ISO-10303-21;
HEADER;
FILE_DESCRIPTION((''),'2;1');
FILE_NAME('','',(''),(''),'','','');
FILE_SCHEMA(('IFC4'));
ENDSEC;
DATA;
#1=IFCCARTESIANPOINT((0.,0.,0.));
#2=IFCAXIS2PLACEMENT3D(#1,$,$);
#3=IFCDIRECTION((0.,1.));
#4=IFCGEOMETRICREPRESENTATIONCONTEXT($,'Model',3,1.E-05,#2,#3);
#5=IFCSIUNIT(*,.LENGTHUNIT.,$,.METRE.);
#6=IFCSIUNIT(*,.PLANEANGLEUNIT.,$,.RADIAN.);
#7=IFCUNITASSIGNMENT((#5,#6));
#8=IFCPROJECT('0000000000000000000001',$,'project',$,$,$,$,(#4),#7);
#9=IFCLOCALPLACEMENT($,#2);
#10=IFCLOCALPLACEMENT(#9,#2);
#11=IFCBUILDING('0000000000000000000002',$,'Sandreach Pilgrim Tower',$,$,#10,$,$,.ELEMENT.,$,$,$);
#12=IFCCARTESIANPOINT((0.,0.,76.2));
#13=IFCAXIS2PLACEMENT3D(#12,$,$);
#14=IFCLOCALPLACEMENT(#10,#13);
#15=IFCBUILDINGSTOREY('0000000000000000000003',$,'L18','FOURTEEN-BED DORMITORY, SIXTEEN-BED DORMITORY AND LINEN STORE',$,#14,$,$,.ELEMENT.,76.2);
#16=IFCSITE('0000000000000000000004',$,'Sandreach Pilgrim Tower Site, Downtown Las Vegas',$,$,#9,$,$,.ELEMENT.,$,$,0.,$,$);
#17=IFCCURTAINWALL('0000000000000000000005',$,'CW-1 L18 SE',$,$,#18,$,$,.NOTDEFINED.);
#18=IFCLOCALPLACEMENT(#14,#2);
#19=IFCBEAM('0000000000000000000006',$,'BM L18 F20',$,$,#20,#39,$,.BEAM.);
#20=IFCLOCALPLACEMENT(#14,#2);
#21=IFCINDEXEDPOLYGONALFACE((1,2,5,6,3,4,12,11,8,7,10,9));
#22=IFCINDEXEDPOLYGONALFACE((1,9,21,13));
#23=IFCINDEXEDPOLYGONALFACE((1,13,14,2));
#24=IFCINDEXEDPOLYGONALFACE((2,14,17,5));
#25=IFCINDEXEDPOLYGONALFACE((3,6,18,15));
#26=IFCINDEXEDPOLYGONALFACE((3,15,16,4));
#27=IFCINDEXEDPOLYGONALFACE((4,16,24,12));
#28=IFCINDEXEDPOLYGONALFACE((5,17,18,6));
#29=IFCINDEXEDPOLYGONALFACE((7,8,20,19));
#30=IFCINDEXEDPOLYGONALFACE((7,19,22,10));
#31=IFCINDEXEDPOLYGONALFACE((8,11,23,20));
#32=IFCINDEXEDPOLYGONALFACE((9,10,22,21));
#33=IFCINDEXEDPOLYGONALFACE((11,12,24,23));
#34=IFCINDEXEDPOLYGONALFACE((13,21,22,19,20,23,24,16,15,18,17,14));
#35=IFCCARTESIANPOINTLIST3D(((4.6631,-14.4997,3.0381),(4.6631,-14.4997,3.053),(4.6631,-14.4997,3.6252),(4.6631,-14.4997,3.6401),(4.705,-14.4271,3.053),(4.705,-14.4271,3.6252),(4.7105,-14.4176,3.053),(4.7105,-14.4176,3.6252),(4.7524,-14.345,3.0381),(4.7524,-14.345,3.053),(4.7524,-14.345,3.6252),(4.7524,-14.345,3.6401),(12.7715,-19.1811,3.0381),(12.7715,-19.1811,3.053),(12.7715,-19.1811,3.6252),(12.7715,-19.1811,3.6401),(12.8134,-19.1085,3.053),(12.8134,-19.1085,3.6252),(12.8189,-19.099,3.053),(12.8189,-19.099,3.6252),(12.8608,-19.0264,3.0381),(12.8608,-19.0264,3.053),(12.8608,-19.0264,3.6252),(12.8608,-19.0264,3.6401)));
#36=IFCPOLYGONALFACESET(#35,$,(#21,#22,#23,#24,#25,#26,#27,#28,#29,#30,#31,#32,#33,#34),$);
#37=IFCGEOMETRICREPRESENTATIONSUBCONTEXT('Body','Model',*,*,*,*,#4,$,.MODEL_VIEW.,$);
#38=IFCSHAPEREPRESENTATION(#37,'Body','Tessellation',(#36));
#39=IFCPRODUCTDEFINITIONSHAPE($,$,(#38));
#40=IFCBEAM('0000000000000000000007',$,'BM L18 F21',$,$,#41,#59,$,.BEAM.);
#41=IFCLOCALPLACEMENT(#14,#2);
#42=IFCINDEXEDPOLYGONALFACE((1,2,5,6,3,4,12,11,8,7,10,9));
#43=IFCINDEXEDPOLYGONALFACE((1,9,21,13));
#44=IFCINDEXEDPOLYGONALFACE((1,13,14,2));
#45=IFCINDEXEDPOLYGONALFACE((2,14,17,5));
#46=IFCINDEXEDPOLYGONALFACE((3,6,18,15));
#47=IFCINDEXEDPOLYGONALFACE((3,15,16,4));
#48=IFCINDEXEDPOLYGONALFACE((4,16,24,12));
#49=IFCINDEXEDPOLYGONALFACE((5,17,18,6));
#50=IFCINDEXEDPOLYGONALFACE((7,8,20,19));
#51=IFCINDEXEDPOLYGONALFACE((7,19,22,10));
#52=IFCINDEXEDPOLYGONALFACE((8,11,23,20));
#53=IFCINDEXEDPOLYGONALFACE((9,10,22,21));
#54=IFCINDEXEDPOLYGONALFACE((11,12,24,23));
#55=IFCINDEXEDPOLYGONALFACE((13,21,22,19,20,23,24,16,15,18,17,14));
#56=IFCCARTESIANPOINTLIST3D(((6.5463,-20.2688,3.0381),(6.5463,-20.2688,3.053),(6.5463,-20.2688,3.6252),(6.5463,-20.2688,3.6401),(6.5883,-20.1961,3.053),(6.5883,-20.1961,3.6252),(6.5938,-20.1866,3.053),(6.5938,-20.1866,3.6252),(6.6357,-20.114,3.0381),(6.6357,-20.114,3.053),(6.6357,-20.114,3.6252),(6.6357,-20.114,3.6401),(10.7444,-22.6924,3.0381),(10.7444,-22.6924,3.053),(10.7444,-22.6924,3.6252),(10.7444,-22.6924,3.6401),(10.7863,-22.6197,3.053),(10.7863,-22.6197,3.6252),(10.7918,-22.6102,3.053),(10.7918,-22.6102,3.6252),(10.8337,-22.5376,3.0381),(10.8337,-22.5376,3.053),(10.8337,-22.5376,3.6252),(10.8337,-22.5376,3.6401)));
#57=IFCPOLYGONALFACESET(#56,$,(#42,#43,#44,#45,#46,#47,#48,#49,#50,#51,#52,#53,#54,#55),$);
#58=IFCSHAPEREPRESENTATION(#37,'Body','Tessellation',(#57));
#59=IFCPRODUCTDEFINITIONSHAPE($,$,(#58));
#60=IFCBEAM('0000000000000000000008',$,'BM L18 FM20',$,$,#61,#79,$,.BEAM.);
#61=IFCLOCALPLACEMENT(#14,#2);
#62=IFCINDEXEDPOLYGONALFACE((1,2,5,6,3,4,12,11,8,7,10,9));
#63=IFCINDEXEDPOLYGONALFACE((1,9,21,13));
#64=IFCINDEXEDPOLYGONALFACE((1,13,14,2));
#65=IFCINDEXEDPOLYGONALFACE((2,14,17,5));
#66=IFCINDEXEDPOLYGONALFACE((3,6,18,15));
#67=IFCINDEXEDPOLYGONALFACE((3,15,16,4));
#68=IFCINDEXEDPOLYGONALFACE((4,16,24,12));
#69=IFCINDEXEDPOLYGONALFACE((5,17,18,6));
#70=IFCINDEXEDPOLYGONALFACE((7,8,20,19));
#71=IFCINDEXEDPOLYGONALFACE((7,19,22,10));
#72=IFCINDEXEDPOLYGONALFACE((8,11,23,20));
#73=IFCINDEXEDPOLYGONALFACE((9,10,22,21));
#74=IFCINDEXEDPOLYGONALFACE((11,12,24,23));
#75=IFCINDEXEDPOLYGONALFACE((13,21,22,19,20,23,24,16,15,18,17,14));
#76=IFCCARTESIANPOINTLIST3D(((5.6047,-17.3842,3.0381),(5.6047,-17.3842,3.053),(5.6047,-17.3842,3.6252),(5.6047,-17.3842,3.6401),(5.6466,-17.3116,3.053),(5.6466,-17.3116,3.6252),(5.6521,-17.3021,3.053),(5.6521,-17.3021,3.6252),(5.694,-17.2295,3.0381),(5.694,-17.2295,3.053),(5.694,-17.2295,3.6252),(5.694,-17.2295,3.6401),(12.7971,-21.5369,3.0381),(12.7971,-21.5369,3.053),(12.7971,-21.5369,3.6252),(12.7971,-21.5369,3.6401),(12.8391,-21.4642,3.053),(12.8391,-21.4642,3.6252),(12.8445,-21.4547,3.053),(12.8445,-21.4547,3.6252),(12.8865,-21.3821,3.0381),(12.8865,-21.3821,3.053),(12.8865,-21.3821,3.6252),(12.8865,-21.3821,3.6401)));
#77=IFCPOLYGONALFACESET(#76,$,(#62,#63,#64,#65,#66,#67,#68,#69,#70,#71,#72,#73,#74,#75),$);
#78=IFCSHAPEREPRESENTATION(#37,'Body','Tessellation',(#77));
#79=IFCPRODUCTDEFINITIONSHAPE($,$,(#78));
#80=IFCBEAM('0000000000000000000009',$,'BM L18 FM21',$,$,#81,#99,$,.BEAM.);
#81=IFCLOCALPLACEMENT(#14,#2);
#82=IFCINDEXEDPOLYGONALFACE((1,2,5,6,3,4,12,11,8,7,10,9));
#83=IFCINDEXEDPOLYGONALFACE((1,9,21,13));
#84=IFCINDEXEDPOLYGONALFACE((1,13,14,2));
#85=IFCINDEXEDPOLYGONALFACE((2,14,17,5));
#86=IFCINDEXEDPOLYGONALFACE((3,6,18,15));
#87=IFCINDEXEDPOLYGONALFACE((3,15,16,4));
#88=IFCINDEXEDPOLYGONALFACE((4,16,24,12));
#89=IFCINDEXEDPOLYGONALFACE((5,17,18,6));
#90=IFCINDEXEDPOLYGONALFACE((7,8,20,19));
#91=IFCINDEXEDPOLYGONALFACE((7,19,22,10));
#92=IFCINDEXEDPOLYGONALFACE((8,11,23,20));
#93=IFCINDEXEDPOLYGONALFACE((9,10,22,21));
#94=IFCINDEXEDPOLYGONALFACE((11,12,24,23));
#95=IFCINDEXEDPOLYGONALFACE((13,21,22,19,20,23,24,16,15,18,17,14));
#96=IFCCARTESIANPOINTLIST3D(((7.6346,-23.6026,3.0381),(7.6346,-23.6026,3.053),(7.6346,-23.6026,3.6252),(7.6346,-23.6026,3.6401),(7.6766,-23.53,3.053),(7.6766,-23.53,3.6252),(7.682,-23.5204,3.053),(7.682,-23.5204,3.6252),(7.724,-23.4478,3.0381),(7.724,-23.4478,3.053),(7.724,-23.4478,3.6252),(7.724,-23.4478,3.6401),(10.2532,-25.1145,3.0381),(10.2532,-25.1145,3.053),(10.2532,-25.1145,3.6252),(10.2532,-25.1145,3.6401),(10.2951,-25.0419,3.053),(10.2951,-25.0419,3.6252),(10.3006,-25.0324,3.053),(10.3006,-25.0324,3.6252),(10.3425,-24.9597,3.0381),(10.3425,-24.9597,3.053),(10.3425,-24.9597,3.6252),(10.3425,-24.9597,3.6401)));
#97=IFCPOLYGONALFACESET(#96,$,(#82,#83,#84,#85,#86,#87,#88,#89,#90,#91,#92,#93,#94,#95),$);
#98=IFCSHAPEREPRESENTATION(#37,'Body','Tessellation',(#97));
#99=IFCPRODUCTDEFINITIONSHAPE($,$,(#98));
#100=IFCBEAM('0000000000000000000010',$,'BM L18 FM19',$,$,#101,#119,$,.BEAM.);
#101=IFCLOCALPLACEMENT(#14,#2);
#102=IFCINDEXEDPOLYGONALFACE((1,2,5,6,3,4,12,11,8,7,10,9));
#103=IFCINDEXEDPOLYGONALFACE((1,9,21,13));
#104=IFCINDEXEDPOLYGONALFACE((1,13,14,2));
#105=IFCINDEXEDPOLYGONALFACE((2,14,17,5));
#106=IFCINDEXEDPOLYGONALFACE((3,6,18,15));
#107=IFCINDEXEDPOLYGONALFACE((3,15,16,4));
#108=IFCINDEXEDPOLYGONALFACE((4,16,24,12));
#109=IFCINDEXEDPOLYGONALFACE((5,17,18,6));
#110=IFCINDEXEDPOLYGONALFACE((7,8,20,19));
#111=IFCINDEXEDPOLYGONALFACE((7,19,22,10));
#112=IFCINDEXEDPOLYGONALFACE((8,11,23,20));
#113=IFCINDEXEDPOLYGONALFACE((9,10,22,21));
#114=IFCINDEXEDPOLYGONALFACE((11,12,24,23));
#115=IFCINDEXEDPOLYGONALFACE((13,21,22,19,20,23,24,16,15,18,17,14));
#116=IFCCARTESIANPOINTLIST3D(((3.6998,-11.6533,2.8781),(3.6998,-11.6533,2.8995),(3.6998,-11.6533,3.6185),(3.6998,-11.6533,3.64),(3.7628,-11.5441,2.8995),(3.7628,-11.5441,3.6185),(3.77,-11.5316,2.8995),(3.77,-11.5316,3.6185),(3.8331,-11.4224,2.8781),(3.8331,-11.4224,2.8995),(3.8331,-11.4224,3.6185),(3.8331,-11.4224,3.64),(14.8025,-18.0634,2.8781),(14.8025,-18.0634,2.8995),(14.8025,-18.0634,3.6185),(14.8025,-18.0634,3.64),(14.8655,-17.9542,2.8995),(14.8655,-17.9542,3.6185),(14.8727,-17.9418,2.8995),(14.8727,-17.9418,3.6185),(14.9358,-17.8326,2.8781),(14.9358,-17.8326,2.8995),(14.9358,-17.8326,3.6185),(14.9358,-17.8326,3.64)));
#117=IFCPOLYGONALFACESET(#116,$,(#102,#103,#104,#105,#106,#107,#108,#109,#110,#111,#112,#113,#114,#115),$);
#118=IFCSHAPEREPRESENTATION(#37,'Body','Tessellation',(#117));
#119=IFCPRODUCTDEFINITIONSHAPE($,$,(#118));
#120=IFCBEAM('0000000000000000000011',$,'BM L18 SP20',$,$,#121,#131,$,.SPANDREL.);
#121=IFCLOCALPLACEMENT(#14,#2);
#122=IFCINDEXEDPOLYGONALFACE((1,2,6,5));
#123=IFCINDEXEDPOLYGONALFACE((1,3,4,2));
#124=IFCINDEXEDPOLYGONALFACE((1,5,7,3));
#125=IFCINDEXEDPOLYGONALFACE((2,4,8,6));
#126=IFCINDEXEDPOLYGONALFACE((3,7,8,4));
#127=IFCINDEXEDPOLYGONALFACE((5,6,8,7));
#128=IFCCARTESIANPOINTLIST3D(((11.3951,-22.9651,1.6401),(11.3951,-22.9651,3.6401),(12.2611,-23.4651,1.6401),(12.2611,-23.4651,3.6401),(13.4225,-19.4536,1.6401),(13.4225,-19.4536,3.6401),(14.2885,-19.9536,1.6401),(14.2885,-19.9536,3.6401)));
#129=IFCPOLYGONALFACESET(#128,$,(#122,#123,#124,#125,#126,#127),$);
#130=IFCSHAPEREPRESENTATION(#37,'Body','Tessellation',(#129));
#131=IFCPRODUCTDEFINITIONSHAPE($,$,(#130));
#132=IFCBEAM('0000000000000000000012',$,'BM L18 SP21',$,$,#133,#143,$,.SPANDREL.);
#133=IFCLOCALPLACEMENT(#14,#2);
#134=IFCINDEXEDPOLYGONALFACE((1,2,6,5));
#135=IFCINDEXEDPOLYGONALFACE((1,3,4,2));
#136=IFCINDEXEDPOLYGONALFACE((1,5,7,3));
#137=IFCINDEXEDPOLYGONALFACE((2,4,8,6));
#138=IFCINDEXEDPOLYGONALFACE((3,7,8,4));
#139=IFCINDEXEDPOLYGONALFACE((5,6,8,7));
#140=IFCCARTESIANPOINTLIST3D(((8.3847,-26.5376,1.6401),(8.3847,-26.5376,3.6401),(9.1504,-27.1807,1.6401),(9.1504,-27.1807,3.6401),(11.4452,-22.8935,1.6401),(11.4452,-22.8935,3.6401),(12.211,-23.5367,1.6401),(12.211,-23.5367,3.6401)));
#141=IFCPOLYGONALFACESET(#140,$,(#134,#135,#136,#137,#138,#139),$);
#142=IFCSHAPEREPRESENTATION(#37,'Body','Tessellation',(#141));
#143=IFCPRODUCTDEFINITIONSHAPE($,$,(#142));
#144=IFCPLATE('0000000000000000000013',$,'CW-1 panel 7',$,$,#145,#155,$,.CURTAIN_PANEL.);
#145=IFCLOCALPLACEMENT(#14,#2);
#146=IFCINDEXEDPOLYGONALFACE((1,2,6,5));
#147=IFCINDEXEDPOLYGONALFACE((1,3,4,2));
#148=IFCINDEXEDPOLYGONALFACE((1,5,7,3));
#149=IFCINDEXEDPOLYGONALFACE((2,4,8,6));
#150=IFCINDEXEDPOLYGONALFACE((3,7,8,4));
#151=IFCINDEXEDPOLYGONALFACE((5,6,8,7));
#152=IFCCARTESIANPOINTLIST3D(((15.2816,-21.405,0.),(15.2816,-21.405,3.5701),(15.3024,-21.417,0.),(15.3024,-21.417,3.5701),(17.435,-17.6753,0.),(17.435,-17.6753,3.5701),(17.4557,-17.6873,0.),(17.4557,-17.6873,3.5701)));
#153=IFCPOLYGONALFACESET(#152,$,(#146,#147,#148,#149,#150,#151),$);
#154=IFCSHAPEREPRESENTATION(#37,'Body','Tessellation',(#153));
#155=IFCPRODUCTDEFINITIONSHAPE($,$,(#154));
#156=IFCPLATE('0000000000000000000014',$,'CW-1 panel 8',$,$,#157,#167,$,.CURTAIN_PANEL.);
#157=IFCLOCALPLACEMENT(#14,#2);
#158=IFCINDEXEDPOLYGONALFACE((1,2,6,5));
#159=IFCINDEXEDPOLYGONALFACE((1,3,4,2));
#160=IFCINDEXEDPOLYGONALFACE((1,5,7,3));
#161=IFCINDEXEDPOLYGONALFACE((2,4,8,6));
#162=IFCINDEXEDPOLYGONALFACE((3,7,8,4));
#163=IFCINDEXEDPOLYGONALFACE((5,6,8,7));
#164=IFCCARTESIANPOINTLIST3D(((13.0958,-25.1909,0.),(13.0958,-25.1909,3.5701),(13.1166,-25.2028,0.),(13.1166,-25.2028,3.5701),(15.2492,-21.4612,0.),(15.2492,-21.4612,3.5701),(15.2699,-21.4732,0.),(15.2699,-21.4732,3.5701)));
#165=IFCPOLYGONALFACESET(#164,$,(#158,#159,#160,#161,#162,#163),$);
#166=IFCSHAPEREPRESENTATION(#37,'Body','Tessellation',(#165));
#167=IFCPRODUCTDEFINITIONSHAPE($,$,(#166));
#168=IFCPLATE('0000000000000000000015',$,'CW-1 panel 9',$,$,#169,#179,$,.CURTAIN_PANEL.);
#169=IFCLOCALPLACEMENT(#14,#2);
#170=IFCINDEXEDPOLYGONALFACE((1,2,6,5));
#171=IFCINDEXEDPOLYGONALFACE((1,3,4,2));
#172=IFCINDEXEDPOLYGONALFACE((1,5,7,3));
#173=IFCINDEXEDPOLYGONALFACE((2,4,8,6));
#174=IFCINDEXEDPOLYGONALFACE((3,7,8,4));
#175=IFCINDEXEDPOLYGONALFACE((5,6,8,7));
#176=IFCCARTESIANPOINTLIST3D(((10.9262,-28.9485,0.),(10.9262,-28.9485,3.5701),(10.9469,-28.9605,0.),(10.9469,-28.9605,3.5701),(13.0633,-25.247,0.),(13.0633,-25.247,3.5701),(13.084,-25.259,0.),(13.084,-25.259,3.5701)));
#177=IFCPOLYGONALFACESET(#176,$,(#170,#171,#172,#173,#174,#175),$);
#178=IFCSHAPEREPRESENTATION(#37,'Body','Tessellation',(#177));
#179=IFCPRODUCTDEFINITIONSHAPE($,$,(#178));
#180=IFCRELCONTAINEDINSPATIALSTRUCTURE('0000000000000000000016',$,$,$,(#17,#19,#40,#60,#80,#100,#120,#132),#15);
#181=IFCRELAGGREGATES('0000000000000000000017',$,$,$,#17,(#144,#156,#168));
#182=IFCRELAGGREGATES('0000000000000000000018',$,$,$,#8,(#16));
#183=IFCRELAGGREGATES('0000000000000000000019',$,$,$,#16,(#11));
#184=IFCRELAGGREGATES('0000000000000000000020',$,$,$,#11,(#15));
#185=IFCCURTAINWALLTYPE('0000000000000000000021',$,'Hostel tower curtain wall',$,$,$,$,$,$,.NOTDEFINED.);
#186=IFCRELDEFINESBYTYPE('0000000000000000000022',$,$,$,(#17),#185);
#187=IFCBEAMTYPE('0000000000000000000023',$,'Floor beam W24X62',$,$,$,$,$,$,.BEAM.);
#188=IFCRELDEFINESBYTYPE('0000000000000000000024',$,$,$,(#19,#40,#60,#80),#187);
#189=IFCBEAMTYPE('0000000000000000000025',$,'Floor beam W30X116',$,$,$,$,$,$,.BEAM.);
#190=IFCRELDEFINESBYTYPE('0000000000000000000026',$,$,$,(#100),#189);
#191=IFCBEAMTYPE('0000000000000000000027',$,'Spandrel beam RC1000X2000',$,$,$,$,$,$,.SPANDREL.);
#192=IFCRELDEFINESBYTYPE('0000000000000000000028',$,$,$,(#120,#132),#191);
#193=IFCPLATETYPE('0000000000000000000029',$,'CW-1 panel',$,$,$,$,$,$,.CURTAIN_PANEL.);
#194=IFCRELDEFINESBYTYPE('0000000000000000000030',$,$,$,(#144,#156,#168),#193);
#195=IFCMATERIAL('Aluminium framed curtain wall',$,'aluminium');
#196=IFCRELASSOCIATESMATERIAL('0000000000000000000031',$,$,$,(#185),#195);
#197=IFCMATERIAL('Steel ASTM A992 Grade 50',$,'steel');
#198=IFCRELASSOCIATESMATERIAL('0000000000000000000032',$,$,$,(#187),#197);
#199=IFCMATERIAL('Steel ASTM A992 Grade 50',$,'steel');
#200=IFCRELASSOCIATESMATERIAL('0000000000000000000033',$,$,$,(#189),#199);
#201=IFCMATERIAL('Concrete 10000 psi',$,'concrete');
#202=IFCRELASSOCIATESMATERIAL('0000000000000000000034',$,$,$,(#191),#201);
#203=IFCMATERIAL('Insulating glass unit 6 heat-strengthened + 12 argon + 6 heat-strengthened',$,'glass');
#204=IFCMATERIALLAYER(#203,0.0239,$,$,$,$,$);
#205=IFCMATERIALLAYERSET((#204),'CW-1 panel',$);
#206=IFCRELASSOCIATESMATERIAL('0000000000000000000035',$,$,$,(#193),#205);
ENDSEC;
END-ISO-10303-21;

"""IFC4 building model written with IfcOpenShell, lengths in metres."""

from ifc_helpers import new_model, si_unit, direction, frame, origin, origin_2d, place, context, subcontext, project, spatial, rectangle, i_section, extrude, material, layer, layer_set, material_profile, profile_set, type_object, element, aggregate, save


model = new_model("IFC4")

# Units and contexts
model_context = context("Model", 3, precision=1e-05, world=origin(), true_north=direction((0.0, 1.0)))
body_context = subcontext(model_context, "Body", "Model", "MODEL_VIEW")
ifc_project = project(units=[si_unit("LENGTHUNIT", "METRE"), si_unit("PLANEANGLEUNIT", "RADIAN")], contexts=[model_context])

# Site, building, storey
site_placement = place(None, origin())
site = spatial("IfcSite", under=ifc_project, at=site_placement, Name="Sandreach Pilgrim Tower Site, Downtown Las Vegas", CompositionType="ELEMENT", RefElevation=0.0)
building_placement = place(site_placement, origin())
building = spatial("IfcBuilding", under=site, at=building_placement, Name="Sandreach Pilgrim Tower", CompositionType="ELEMENT")
storey_placement = place(building_placement, frame((0.0, 0.0, 76.2)))
storey = spatial("IfcBuildingStorey", under=building, at=storey_placement, Name="L18", Description="FOURTEEN-BED DORMITORY, SIXTEEN-BED DORMITORY AND LINEN STORE", CompositionType="ELEMENT", Elevation=76.2)

# Curtain wall
ifc_material_1 = material(Name="Aluminium framed curtain wall", Category="aluminium")
curtain_wall_type = type_object("IfcCurtainWallType", Name="Hostel tower curtain wall", PredefinedType="NOTDEFINED", material=ifc_material_1)
curtain_wall_1_placement = place(storey_placement, origin())
curtain_wall_1 = element("IfcCurtainWall", 1, at=curtain_wall_1_placement, inside=storey, type_object=curtain_wall_type, Name="CW-1 L18 SE", PredefinedType="NOTDEFINED")

# Beams
ifc_material_2 = material(Name="Steel ASTM A992 Grade 50", Category="steel")
ifc_material_profile_1 = material_profile(ifc_material_2, i_section(OverallWidth=0.1787, OverallDepth=0.6021, WebThickness=0.011, FlangeThickness=0.0149, at=origin_2d()), Name="W24X62")
ifc_profile_set_1 = profile_set([ifc_material_profile_1], Name="Steel ASTM A992 Grade 50")
beam_type_1 = type_object("IfcBeamType", Name="Floor beam W24X62", PredefinedType="BEAM", material=ifc_profile_set_1)
beam_1_placement = place(storey_placement, frame((12.8162, -19.1038, 3.3391), z_axis=(-0.866025, 0.500001, 0.0), x_axis=(-0.500001, -0.866025, 0.0)))
element("IfcBeam", 2, at=beam_1_placement, inside=storey, type_object=beam_type_1, Name="BM L18 F20", PredefinedType="BEAM", context=body_context, shape_type="SweptSolid", body=[
    extrude(i_section(OverallWidth=0.1787, OverallDepth=0.6021, WebThickness=0.011, FlangeThickness=0.0149, at=origin_2d()), origin(), (0.0, 0.0, 1.0), 9.3628),
])
beam_2_placement = place(storey_placement, frame((10.7891, -22.615, 3.3391), z_axis=(-0.866037, 0.49998, 0.0), x_axis=(-0.49998, -0.866037, 0.0)))
element("IfcBeam", 3, at=beam_2_placement, inside=storey, type_object=beam_type_1, Name="BM L18 F21", PredefinedType="BEAM", context=body_context, shape_type="SweptSolid", body=[
    extrude(i_section(OverallWidth=0.1787, OverallDepth=0.6021, WebThickness=0.011, FlangeThickness=0.0149, at=origin_2d()), origin(), (0.0, 0.0, 1.0), 4.8474),
])
beam_3_placement = place(storey_placement, frame((12.8418, -21.4595, 3.3391), z_axis=(-0.866022, 0.500006, 0.0), x_axis=(-0.500006, -0.866022, 0.0)))
element("IfcBeam", 4, at=beam_3_placement, inside=storey, type_object=beam_type_1, Name="BM L18 FM20", PredefinedType="BEAM", context=body_context, shape_type="SweptSolid", body=[
    extrude(i_section(OverallWidth=0.1787, OverallDepth=0.6021, WebThickness=0.011, FlangeThickness=0.0149, at=origin_2d()), origin(), (0.0, 0.0, 1.0), 8.3052),
])
beam_4_placement = place(storey_placement, frame((10.2979, -25.0371, 3.3391), z_axis=(-0.866013, 0.500021, 0.0), x_axis=(-0.500021, -0.866013, 0.0)))
element("IfcBeam", 5, at=beam_4_placement, inside=storey, type_object=beam_type_1, Name="BM L18 FM21", PredefinedType="BEAM", context=body_context, shape_type="SweptSolid", body=[
    extrude(i_section(OverallWidth=0.1787, OverallDepth=0.6021, WebThickness=0.011, FlangeThickness=0.0149, at=origin_2d()), origin(), (0.0, 0.0, 1.0), 3.0237),
])
ifc_material_3 = material(Name="Steel ASTM A992 Grade 50", Category="steel")
ifc_material_profile_2 = material_profile(ifc_material_3, i_section(OverallWidth=0.2666, OverallDepth=0.762, WebThickness=0.0144, FlangeThickness=0.0215, at=origin_2d()), Name="W30X116")
ifc_profile_set_2 = profile_set([ifc_material_profile_2], Name="Steel ASTM A992 Grade 50")
beam_type_2 = type_object("IfcBeamType", Name="Floor beam W30X116", PredefinedType="BEAM", material=ifc_profile_set_2)
beam_5_placement = place(storey_placement, frame((14.8691, -17.948, 3.259), z_axis=(-0.866027, 0.499998, 0.0), x_axis=(-0.499998, -0.866027, 0.0)))
element("IfcBeam", 6, at=beam_5_placement, inside=storey, type_object=beam_type_2, Name="BM L18 FM19", PredefinedType="BEAM", context=body_context, shape_type="SweptSolid", body=[
    extrude(i_section(OverallWidth=0.2666, OverallDepth=0.762, WebThickness=0.0144, FlangeThickness=0.0215, at=origin_2d()), origin(), (0.0, 0.0, 1.0), 12.8203),
])
ifc_material_4 = material(Name="Concrete 10000 psi", Category="concrete")
ifc_material_profile_3 = material_profile(ifc_material_4, rectangle(XDim=1.0, YDim=2.0, at=origin_2d()), Name="RC1000X2000")
ifc_profile_set_3 = profile_set([ifc_material_profile_3], Name="Concrete 10000 psi")
beam_type_3 = type_object("IfcBeamType", Name="Spandrel beam RC1000X2000", PredefinedType="SPANDREL", material=ifc_profile_set_3)
beam_6_placement = place(storey_placement, frame((13.8555, -19.7036, 2.6401), z_axis=(-0.499999, -0.866026, 0.0), x_axis=(0.866026, -0.499999, 0.0)))
element("IfcBeam", 7, at=beam_6_placement, inside=storey, type_object=beam_type_3, Name="BM L18 SP20", PredefinedType="SPANDREL", context=body_context, shape_type="SweptSolid", body=[
    extrude(rectangle(XDim=1.0, YDim=2.0, at=origin_2d()), origin(), (0.0, 0.0, 1.0), 4.0547),
])
beam_7_placement = place(storey_placement, frame((11.8281, -23.2151, 2.6401), z_axis=(-0.643137, -0.765751, 0.0), x_axis=(0.765751, -0.643137, 0.0)))
element("IfcBeam", 8, at=beam_7_placement, inside=storey, type_object=beam_type_3, Name="BM L18 SP21", PredefinedType="SPANDREL", context=body_context, shape_type="SweptSolid", body=[
    extrude(rectangle(XDim=1.0, YDim=2.0, at=origin_2d()), origin(), (0.0, 0.0, 1.0), 4.7588),
])

# Plates
ifc_material_5 = material(Name="Insulating glass unit 6 heat-strengthened + 12 argon + 6 heat-strengthened", Category="glass")
ifc_layer_1 = layer(ifc_material_5, 0.0239)
ifc_layer_set_1 = layer_set([ifc_layer_1], Name="CW-1 panel")
plate_type = type_object("IfcPlateType", Name="CW-1 panel", PredefinedType="CURTAIN_PANEL", material=ifc_layer_set_1)
plate_1_placement = place(storey_placement, frame((16.3687, -19.5461, 0.0), z_axis=(0.0, 0.0, 1.0), x_axis=(-0.5, -0.866025, 0.0)))
plate_1 = element("IfcPlate", 9, at=plate_1_placement, type_object=plate_type, Name="CW-1 panel 7", PredefinedType="CURTAIN_PANEL", context=body_context, shape_type="SweptSolid", body=[
    extrude(rectangle(XDim=4.3066, YDim=0.0239, at=origin_2d()), origin(), (0.0, 0.0, 1.0), 3.5701),
])
plate_2_placement = place(storey_placement, frame((14.1829, -23.332, 0.0), z_axis=(0.0, 0.0, 1.0), x_axis=(-0.5, -0.866025, 0.0)))
plate_2 = element("IfcPlate", 10, at=plate_2_placement, type_object=plate_type, Name="CW-1 panel 8", PredefinedType="CURTAIN_PANEL", context=body_context, shape_type="SweptSolid", body=[
    extrude(rectangle(XDim=4.3066, YDim=0.0239, at=origin_2d()), origin(), (0.0, 0.0, 1.0), 3.5701),
])
plate_3_placement = place(storey_placement, frame((12.0051, -27.1038, 0.0), z_axis=(0.0, 0.0, 1.0), x_axis=(-0.5, -0.866025, 0.0)))
plate_3 = element("IfcPlate", 11, at=plate_3_placement, type_object=plate_type, Name="CW-1 panel 9", PredefinedType="CURTAIN_PANEL", context=body_context, shape_type="SweptSolid", body=[
    extrude(rectangle(XDim=4.2742, YDim=0.0239, at=origin_2d()), origin(), (0.0, 0.0, 1.0), 3.5701),
])
aggregate(curtain_wall_1, [plate_1, plate_2, plate_3])

save(model, "model.ifc")
